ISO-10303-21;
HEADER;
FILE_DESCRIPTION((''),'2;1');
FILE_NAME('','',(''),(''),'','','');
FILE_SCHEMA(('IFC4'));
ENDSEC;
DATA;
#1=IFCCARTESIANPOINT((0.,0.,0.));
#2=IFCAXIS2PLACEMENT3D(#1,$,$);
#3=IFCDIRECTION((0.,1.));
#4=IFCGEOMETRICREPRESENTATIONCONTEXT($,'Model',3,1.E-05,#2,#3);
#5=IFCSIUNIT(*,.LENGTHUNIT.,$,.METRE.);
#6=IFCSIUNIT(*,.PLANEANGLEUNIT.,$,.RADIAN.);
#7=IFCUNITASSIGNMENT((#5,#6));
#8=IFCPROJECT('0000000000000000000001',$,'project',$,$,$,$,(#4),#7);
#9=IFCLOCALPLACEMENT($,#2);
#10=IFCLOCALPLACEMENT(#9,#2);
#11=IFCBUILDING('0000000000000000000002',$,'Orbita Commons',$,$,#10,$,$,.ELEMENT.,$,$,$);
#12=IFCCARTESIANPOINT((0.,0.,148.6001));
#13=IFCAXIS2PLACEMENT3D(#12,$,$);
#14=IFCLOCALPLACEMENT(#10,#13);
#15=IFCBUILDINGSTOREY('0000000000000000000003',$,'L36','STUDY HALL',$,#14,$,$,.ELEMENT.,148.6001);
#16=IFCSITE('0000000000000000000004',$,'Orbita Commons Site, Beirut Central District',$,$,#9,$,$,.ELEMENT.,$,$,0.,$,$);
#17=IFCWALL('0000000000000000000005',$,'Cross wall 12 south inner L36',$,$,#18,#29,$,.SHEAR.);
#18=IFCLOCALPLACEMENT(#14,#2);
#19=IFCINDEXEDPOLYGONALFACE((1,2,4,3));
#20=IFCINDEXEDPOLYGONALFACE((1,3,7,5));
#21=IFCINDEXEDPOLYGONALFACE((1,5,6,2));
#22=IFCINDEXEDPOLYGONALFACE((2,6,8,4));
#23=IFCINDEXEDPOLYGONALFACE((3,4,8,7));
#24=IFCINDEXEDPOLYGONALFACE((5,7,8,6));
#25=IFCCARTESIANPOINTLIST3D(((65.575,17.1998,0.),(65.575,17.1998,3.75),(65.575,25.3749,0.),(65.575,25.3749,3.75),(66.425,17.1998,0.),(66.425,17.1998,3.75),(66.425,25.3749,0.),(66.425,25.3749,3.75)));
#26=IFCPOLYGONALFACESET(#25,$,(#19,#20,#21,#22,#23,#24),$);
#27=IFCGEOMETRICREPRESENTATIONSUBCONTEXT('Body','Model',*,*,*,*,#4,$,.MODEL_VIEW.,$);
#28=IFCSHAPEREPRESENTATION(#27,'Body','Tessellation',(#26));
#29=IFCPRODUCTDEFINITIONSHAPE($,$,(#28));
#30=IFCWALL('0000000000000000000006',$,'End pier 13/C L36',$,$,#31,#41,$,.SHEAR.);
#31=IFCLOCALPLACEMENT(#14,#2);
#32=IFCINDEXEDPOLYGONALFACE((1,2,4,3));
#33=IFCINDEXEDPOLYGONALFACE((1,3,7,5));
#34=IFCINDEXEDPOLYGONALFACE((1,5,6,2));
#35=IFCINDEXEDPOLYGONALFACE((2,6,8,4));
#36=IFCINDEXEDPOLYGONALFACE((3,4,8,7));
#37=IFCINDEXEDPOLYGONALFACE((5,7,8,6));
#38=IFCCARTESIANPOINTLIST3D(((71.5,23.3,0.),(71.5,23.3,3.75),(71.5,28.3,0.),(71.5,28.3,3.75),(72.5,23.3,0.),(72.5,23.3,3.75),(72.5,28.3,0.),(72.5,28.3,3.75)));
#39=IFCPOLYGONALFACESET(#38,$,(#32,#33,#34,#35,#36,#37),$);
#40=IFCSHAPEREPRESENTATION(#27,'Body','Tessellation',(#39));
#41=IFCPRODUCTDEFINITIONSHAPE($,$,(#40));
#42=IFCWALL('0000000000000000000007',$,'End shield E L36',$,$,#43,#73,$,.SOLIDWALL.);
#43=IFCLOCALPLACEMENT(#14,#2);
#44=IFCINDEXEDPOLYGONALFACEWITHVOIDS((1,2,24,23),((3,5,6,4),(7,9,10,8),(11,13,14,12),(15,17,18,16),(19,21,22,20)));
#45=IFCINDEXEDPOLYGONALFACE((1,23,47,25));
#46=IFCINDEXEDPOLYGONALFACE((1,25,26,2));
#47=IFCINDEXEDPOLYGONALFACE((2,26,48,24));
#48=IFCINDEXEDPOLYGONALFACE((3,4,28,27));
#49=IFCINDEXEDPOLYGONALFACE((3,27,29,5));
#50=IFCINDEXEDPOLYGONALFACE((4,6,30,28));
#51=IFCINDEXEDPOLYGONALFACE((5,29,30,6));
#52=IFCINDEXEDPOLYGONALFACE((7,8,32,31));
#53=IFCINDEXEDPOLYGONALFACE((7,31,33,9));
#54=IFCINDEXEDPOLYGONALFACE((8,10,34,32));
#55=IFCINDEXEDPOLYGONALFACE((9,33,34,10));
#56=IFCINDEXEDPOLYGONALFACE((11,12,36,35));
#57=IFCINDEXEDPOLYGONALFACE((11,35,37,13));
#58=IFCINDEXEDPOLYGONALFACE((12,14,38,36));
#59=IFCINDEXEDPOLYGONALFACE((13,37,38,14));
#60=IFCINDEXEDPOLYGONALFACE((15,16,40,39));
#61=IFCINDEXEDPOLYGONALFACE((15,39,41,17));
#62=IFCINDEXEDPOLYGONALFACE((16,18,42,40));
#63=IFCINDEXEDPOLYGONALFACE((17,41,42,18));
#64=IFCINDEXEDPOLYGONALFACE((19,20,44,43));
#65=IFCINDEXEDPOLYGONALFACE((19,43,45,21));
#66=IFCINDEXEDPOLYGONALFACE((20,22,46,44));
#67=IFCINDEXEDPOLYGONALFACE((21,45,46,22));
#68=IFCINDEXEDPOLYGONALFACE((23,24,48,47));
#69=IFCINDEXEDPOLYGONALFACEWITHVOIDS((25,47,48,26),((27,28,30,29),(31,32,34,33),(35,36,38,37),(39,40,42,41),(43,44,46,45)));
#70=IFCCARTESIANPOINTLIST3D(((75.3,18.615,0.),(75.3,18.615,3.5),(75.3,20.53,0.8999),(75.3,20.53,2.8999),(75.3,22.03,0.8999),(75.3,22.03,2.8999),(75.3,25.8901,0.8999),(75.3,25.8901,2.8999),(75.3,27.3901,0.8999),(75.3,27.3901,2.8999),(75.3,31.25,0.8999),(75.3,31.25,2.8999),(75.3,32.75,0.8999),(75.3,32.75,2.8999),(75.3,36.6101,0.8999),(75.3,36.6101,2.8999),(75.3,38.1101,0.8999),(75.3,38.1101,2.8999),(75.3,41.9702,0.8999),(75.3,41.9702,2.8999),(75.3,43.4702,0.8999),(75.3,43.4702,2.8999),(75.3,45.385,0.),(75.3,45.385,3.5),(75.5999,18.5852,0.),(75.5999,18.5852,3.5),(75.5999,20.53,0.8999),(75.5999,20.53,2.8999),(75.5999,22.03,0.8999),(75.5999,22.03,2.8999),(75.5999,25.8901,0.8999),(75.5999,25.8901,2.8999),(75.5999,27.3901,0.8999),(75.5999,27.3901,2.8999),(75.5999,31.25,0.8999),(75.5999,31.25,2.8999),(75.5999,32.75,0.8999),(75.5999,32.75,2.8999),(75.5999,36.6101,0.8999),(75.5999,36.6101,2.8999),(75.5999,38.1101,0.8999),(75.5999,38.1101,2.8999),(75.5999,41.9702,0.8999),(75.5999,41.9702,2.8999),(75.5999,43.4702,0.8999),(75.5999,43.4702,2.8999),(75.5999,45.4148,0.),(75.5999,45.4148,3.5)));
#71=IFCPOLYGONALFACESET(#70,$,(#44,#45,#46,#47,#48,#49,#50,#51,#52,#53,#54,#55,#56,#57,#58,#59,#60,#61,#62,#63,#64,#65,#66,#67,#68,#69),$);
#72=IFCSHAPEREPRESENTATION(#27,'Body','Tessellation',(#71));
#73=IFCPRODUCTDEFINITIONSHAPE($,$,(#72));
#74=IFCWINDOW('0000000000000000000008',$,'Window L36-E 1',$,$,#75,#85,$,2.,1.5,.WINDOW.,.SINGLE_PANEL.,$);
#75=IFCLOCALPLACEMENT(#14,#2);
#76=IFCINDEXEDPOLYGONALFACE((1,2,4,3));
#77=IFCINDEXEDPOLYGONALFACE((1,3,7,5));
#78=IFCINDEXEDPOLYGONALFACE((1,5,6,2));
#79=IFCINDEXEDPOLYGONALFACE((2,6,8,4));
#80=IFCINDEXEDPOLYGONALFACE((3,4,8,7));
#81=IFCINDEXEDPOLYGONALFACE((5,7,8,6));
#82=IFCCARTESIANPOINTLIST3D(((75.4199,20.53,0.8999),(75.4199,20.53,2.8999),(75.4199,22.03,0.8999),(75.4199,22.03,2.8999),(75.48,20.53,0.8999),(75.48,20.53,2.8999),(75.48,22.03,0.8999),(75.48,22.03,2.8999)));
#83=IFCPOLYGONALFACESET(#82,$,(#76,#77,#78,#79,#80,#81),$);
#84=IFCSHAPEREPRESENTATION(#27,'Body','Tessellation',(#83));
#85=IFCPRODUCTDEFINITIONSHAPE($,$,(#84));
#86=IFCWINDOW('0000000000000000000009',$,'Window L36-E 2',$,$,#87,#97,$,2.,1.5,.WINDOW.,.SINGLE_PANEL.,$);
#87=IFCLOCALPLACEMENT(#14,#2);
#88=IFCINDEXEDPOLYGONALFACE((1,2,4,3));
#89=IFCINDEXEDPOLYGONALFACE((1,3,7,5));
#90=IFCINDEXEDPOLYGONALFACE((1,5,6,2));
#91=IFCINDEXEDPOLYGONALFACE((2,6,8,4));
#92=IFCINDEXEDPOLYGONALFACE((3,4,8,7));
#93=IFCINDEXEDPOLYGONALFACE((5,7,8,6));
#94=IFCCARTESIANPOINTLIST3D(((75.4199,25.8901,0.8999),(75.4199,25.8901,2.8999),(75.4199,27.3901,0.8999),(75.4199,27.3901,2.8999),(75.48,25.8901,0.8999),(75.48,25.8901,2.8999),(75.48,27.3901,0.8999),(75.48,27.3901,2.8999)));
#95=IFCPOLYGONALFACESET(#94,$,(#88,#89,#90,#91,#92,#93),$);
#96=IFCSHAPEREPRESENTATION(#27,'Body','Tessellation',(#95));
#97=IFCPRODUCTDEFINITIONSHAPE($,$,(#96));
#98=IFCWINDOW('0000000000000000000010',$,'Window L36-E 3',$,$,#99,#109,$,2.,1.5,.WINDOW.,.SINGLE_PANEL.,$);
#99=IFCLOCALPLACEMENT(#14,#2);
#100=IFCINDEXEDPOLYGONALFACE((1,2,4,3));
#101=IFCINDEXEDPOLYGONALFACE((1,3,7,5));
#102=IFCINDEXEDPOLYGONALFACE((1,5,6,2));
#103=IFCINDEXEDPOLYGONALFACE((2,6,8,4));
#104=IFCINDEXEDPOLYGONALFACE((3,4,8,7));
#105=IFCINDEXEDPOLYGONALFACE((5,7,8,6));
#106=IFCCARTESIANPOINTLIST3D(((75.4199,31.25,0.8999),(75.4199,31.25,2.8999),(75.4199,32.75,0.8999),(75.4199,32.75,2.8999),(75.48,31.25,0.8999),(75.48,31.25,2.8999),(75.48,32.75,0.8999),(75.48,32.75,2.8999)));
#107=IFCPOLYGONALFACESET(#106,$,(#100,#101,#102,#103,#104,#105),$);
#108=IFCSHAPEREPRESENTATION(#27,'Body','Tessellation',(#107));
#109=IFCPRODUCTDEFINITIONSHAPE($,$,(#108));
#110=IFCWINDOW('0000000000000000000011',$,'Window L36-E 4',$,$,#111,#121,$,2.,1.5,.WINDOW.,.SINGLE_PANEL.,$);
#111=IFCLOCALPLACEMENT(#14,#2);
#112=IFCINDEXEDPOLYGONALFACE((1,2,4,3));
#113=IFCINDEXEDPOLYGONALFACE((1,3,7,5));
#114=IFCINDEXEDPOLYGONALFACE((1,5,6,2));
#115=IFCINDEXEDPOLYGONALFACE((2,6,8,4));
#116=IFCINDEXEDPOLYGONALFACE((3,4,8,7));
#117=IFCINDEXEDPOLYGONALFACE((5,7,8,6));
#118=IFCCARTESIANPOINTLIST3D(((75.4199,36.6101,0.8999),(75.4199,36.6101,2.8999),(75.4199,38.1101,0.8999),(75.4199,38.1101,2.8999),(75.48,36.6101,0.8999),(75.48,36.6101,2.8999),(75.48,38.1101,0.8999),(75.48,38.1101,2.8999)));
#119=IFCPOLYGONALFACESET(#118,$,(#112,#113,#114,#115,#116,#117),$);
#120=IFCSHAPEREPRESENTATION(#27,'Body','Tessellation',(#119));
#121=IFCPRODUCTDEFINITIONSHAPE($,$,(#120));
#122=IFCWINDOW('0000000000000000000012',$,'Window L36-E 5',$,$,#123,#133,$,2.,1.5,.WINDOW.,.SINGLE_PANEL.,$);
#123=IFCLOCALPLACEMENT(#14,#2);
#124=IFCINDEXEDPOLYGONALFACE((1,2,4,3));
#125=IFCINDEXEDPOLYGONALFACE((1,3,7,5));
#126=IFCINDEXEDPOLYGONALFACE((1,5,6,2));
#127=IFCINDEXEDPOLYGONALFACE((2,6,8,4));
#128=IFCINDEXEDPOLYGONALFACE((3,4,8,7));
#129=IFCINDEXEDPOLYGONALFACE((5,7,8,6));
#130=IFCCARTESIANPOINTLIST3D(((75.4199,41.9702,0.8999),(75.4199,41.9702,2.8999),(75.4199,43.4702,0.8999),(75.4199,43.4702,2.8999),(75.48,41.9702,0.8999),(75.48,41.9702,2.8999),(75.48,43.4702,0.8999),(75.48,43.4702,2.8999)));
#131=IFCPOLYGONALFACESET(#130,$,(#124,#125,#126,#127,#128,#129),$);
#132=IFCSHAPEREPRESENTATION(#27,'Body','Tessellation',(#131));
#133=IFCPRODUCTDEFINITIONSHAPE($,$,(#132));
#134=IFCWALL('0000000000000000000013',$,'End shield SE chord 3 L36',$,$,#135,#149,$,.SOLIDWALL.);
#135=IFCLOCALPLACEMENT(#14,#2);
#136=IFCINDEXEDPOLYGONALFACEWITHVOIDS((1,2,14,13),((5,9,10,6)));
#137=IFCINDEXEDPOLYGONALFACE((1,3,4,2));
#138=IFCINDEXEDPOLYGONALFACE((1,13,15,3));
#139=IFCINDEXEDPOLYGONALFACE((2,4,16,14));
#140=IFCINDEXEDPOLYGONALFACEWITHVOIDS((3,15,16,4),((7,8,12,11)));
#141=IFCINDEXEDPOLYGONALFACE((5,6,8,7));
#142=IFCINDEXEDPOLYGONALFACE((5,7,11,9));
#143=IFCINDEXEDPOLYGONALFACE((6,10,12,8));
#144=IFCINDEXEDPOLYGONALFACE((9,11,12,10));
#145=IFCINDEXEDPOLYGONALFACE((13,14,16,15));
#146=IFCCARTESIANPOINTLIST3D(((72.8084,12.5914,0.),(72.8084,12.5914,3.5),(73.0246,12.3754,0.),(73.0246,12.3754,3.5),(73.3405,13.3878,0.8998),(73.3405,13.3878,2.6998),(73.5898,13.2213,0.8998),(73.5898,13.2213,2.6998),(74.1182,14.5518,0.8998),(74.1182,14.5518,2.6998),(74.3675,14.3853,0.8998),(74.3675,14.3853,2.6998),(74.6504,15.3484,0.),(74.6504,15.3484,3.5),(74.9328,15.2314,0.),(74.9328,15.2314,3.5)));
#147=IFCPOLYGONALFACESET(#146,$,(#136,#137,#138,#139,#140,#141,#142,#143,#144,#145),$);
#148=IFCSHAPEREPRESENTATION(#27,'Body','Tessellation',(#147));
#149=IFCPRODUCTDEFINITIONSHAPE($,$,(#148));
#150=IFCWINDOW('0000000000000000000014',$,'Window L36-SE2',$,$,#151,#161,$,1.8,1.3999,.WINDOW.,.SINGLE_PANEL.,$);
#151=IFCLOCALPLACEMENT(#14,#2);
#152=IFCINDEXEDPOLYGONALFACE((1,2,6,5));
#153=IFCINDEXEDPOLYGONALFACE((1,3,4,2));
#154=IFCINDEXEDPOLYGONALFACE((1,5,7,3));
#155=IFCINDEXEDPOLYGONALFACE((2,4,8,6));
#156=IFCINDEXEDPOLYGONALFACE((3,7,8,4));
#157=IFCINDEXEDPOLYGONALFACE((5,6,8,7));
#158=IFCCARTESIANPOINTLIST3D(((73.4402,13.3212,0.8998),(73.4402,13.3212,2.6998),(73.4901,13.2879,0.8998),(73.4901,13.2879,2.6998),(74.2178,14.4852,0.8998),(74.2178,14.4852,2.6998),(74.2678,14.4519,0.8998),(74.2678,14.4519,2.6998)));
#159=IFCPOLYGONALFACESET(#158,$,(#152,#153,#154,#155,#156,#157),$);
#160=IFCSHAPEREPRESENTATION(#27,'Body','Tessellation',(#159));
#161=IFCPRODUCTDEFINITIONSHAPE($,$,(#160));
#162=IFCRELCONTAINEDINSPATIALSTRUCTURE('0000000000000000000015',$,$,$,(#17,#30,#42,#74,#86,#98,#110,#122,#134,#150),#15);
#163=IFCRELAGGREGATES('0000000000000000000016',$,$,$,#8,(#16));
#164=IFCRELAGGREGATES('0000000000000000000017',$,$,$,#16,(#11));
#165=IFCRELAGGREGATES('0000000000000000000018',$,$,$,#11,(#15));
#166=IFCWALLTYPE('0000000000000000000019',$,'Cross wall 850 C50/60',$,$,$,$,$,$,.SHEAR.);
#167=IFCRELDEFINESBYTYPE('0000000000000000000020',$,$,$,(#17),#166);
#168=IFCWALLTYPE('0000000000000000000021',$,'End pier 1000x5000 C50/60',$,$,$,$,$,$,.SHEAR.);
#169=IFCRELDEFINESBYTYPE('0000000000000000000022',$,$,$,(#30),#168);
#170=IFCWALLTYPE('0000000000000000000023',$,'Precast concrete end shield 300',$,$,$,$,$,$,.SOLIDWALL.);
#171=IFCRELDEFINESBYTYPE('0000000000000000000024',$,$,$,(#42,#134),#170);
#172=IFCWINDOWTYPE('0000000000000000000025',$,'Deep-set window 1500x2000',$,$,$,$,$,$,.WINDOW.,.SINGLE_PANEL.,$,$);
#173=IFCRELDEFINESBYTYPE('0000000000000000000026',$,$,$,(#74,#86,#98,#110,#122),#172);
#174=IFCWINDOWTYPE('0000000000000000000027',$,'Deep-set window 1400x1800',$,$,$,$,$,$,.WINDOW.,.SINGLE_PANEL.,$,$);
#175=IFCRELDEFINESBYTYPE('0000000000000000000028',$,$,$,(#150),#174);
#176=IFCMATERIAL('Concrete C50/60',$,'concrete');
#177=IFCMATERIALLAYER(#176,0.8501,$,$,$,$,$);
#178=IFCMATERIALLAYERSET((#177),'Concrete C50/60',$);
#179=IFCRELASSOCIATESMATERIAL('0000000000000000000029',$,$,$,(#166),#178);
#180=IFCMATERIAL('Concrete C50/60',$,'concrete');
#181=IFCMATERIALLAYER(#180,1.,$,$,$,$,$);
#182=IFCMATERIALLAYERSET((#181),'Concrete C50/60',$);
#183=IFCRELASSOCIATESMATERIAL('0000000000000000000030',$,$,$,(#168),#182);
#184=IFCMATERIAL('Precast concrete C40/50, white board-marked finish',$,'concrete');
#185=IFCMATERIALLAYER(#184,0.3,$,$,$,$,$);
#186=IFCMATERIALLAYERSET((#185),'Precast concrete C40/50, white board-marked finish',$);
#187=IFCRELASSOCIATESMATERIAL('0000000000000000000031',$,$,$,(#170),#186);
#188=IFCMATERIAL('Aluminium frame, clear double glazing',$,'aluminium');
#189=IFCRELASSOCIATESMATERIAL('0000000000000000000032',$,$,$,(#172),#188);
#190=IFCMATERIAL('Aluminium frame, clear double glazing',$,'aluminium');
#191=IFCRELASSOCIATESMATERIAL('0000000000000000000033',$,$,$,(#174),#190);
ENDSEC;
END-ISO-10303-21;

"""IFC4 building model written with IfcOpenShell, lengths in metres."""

from ifc_helpers import new_model, si_unit, direction, frame, frame_2d, origin, place, context, subcontext, project, spatial, polyline, rectangle, outline, extrude, material, layer, layer_set, type_object, element, fill, save


model = new_model("IFC4")

# Units and contexts
model_context = context("Model", 3, precision=1e-05, world=origin(), true_north=direction((0.0, 1.0)))
body_context = subcontext(model_context, "Body", "Model", "MODEL_VIEW")
ifc_project = project(units=[si_unit("LENGTHUNIT", "METRE"), si_unit("PLANEANGLEUNIT", "RADIAN")], contexts=[model_context])

# Site, building, storey
site_placement = place(None, origin())
site = spatial("IfcSite", under=ifc_project, at=site_placement, Name="Orbita Commons Site, Beirut Central District", CompositionType="ELEMENT", RefElevation=0.0)
building_placement = place(site_placement, origin())
building = spatial("IfcBuilding", under=site, at=building_placement, Name="Orbita Commons", CompositionType="ELEMENT")
storey_placement = place(building_placement, frame((0.0, 0.0, 148.6001)))
storey = spatial("IfcBuildingStorey", under=building, at=storey_placement, Name="L36", Description="STUDY HALL", CompositionType="ELEMENT", Elevation=148.6001)

# Walls
ifc_material_1 = material(Name="Concrete C50/60", Category="concrete")
ifc_layer_1 = layer(ifc_material_1, 0.8501)
ifc_layer_set_1 = layer_set([ifc_layer_1], Name="Concrete C50/60")
wall_type_1 = type_object("IfcWallType", Name="Cross wall 850 C50/60", PredefinedType="SHEAR", material=ifc_layer_set_1)
wall_1_placement = place(storey_placement, frame((66.0, 17.2, 0.0), z_axis=(0.0, 0.0, 1.0), x_axis=(0.0, 1.0, 0.0)))
element("IfcWall", 1, at=wall_1_placement, inside=storey, type_object=wall_type_1, Name="Cross wall 12 south inner L36", PredefinedType="SHEAR", context=body_context, shape_type="SweptSolid", body=[
    extrude(rectangle(XDim=8.175, YDim=0.8501, at=frame_2d((4.0874, 0.0))), origin(), (0.0, 0.0, 1.0), 3.75),
])
ifc_material_2 = material(Name="Concrete C50/60", Category="concrete")
ifc_layer_2 = layer(ifc_material_2, 1.0)
ifc_layer_set_2 = layer_set([ifc_layer_2], Name="Concrete C50/60")
wall_type_2 = type_object("IfcWallType", Name="End pier 1000x5000 C50/60", PredefinedType="SHEAR", material=ifc_layer_set_2)
wall_2_placement = place(storey_placement, frame((72.0, 23.3, 0.0), z_axis=(0.0, 0.0, 1.0), x_axis=(0.0, 1.0, 0.0)))
element("IfcWall", 2, at=wall_2_placement, inside=storey, type_object=wall_type_2, Name="End pier 13/C L36", PredefinedType="SHEAR", context=body_context, shape_type="SweptSolid", body=[
    extrude(rectangle(XDim=5.0, YDim=1.0, at=frame_2d((2.5, 0.0))), origin(), (0.0, 0.0, 1.0), 3.75),
])

# Wall, openings, windows
ifc_material_3 = material(Name="Precast concrete C40/50, white board-marked finish", Category="concrete")
ifc_layer_3 = layer(ifc_material_3, 0.3)
ifc_layer_set_3 = layer_set([ifc_layer_3], Name="Precast concrete C40/50, white board-marked finish")
wall_type_3 = type_object("IfcWallType", Name="Precast concrete end shield 300", PredefinedType="SOLIDWALL", material=ifc_layer_set_3)
wall_3_placement = place(storey_placement, frame((75.45, 18.6001, 0.0), z_axis=(0.0, 0.0, 1.0), x_axis=(0.0, 1.0, 0.0)))
wall_3 = element("IfcWall", 3, at=wall_3_placement, inside=storey, type_object=wall_type_3, Name="End shield E L36", PredefinedType="SOLIDWALL", context=body_context, shape_type="SweptSolid", body=[
    extrude(outline(polyline([(-0.0149, -0.1499), (26.8147, -0.1499), (26.7849, 0.1499), (0.0149, 0.1499), (-0.0149, -0.1499)])), origin(), (0.0, 0.0, 1.0), 3.5),
])
opening_1_placement = place(wall_3_placement, frame((1.9299, 0.0, 0.8999)))
opening_1 = element("IfcOpeningElement", 4, at=opening_1_placement, cuts=wall_3, PredefinedType="OPENING", context=body_context, shape_type="SweptSolid", body=[
    extrude(rectangle(XDim=1.5, YDim=2.0, at=frame_2d((0.75, 1.0))), frame((0.0, 0.1599, 0.0), z_axis=(0.0, -1.0, 0.0), x_axis=(1.0, 0.0, 0.0)), (0.0, 0.0, 1.0), 0.3201),
])
opening_2_placement = place(wall_3_placement, frame((7.29, 0.0, 0.8999)))
opening_2 = element("IfcOpeningElement", 5, at=opening_2_placement, cuts=wall_3, PredefinedType="OPENING", context=body_context, shape_type="SweptSolid", body=[
    extrude(rectangle(XDim=1.5, YDim=2.0, at=frame_2d((0.75, 1.0))), frame((0.0, 0.1599, 0.0), z_axis=(0.0, -1.0, 0.0), x_axis=(1.0, 0.0, 0.0)), (0.0, 0.0, 1.0), 0.3201),
])
opening_3_placement = place(wall_3_placement, frame((12.6499, 0.0, 0.8999)))
opening_3 = element("IfcOpeningElement", 6, at=opening_3_placement, cuts=wall_3, PredefinedType="OPENING", context=body_context, shape_type="SweptSolid", body=[
    extrude(rectangle(XDim=1.5, YDim=2.0, at=frame_2d((0.75, 1.0))), frame((0.0, 0.1599, 0.0), z_axis=(0.0, -1.0, 0.0), x_axis=(1.0, 0.0, 0.0)), (0.0, 0.0, 1.0), 0.3201),
])
opening_4_placement = place(wall_3_placement, frame((18.01, 0.0, 0.8999)))
opening_4 = element("IfcOpeningElement", 7, at=opening_4_placement, cuts=wall_3, PredefinedType="OPENING", context=body_context, shape_type="SweptSolid", body=[
    extrude(rectangle(XDim=1.5, YDim=2.0, at=frame_2d((0.75, 1.0))), frame((0.0, 0.1599, 0.0), z_axis=(0.0, -1.0, 0.0), x_axis=(1.0, 0.0, 0.0)), (0.0, 0.0, 1.0), 0.3201),
])
opening_5_placement = place(wall_3_placement, frame((23.3701, 0.0, 0.8999)))
opening_5 = element("IfcOpeningElement", 8, at=opening_5_placement, cuts=wall_3, PredefinedType="OPENING", context=body_context, shape_type="SweptSolid", body=[
    extrude(rectangle(XDim=1.5, YDim=2.0, at=frame_2d((0.75, 1.0))), frame((0.0, 0.1599, 0.0), z_axis=(0.0, -1.0, 0.0), x_axis=(1.0, 0.0, 0.0)), (0.0, 0.0, 1.0), 0.3201),
])
ifc_material_4 = material(Name="Aluminium frame, clear double glazing", Category="aluminium")
window_type_1 = type_object("IfcWindowType", Name="Deep-set window 1500x2000", PartitioningType="SINGLE_PANEL", PredefinedType="WINDOW", material=ifc_material_4)
window_1_placement = place(opening_1_placement, origin())
window_1 = element("IfcWindow", 9, at=window_1_placement, inside=storey, type_object=window_type_1, Name="Window L36-E 1", OverallHeight=2.0, OverallWidth=1.5, PartitioningType="SINGLE_PANEL", PredefinedType="WINDOW", context=body_context, shape_type="SweptSolid", body=[
    extrude(rectangle(XDim=1.5, YDim=2.0, at=frame_2d((0.75, 1.0))), frame((0.0, 0.03, 0.0), z_axis=(0.0, -1.0, 0.0), x_axis=(1.0, 0.0, 0.0)), (0.0, 0.0, 1.0), 0.0601),
])
fill(opening_1, window_1)
window_2_placement = place(opening_2_placement, origin())
window_2 = element("IfcWindow", 10, at=window_2_placement, inside=storey, type_object=window_type_1, Name="Window L36-E 2", OverallHeight=2.0, OverallWidth=1.5, PartitioningType="SINGLE_PANEL", PredefinedType="WINDOW", context=body_context, shape_type="SweptSolid", body=[
    extrude(rectangle(XDim=1.5, YDim=2.0, at=frame_2d((0.75, 1.0))), frame((0.0, 0.03, 0.0), z_axis=(0.0, -1.0, 0.0), x_axis=(1.0, 0.0, 0.0)), (0.0, 0.0, 1.0), 0.0601),
])
fill(opening_2, window_2)
window_3_placement = place(opening_3_placement, origin())
window_3 = element("IfcWindow", 11, at=window_3_placement, inside=storey, type_object=window_type_1, Name="Window L36-E 3", OverallHeight=2.0, OverallWidth=1.5, PartitioningType="SINGLE_PANEL", PredefinedType="WINDOW", context=body_context, shape_type="SweptSolid", body=[
    extrude(rectangle(XDim=1.5, YDim=2.0, at=frame_2d((0.75, 1.0))), frame((0.0, 0.03, 0.0), z_axis=(0.0, -1.0, 0.0), x_axis=(1.0, 0.0, 0.0)), (0.0, 0.0, 1.0), 0.0601),
])
fill(opening_3, window_3)
window_4_placement = place(opening_4_placement, origin())
window_4 = element("IfcWindow", 12, at=window_4_placement, inside=storey, type_object=window_type_1, Name="Window L36-E 4", OverallHeight=2.0, OverallWidth=1.5, PartitioningType="SINGLE_PANEL", PredefinedType="WINDOW", context=body_context, shape_type="SweptSolid", body=[
    extrude(rectangle(XDim=1.5, YDim=2.0, at=frame_2d((0.75, 1.0))), frame((0.0, 0.03, 0.0), z_axis=(0.0, -1.0, 0.0), x_axis=(1.0, 0.0, 0.0)), (0.0, 0.0, 1.0), 0.0601),
])
fill(opening_4, window_4)
window_5_placement = place(opening_5_placement, origin())
window_5 = element("IfcWindow", 13, at=window_5_placement, inside=storey, type_object=window_type_1, Name="Window L36-E 5", OverallHeight=2.0, OverallWidth=1.5, PartitioningType="SINGLE_PANEL", PredefinedType="WINDOW", context=body_context, shape_type="SweptSolid", body=[
    extrude(rectangle(XDim=1.5, YDim=2.0, at=frame_2d((0.75, 1.0))), frame((0.0, 0.03, 0.0), z_axis=(0.0, -1.0, 0.0), x_axis=(1.0, 0.0, 0.0)), (0.0, 0.0, 1.0), 0.0601),
])
fill(opening_5, window_5)

# Wall, opening, window
wall_4_placement = place(storey_placement, frame((72.9165, 12.4834, 0.0), z_axis=(0.0, 0.0, 1.0), x_axis=(0.555535, 0.831493, 0.0)))
wall_4 = element("IfcWall", 14, at=wall_4_placement, inside=storey, type_object=wall_type_3, Name="End shield SE chord 3 L36", PredefinedType="SOLIDWALL", context=body_context, shape_type="SweptSolid", body=[
    extrude(outline(polyline([(-0.0298, -0.1499), (3.405, -0.1499), (3.3455, 0.1499), (0.0298, 0.1499), (-0.0298, -0.1499)])), origin(), (0.0, 0.0, 1.0), 3.5),
])
opening_6_placement = place(wall_4_placement, frame((0.9875, 0.0, 0.8999)))
opening_6 = element("IfcOpeningElement", 15, at=opening_6_placement, cuts=wall_4, PredefinedType="OPENING", context=body_context, shape_type="SweptSolid", body=[
    extrude(rectangle(XDim=1.3999, YDim=1.8, at=frame_2d((0.7, 0.8999))), frame((0.0, 0.1599, 0.0), z_axis=(0.0, -1.0, 0.0), x_axis=(1.0, 0.0, 0.0)), (0.0, 0.0, 1.0), 0.3201),
])
ifc_material_5 = material(Name="Aluminium frame, clear double glazing", Category="aluminium")
window_type_2 = type_object("IfcWindowType", Name="Deep-set window 1400x1800", PartitioningType="SINGLE_PANEL", PredefinedType="WINDOW", material=ifc_material_5)
window_6_placement = place(opening_6_placement, origin())
window_6 = element("IfcWindow", 16, at=window_6_placement, inside=storey, type_object=window_type_2, Name="Window L36-SE2", OverallHeight=1.8, OverallWidth=1.3999, PartitioningType="SINGLE_PANEL", PredefinedType="WINDOW", context=body_context, shape_type="SweptSolid", body=[
    extrude(rectangle(XDim=1.3999, YDim=1.8, at=frame_2d((0.7, 0.8999))), frame((0.0, 0.03, 0.0), z_axis=(0.0, -1.0, 0.0), x_axis=(1.0, 0.0, 0.0)), (0.0, 0.0, 1.0), 0.0601),
])
fill(opening_6, window_6)

save(model, "model.ifc")
